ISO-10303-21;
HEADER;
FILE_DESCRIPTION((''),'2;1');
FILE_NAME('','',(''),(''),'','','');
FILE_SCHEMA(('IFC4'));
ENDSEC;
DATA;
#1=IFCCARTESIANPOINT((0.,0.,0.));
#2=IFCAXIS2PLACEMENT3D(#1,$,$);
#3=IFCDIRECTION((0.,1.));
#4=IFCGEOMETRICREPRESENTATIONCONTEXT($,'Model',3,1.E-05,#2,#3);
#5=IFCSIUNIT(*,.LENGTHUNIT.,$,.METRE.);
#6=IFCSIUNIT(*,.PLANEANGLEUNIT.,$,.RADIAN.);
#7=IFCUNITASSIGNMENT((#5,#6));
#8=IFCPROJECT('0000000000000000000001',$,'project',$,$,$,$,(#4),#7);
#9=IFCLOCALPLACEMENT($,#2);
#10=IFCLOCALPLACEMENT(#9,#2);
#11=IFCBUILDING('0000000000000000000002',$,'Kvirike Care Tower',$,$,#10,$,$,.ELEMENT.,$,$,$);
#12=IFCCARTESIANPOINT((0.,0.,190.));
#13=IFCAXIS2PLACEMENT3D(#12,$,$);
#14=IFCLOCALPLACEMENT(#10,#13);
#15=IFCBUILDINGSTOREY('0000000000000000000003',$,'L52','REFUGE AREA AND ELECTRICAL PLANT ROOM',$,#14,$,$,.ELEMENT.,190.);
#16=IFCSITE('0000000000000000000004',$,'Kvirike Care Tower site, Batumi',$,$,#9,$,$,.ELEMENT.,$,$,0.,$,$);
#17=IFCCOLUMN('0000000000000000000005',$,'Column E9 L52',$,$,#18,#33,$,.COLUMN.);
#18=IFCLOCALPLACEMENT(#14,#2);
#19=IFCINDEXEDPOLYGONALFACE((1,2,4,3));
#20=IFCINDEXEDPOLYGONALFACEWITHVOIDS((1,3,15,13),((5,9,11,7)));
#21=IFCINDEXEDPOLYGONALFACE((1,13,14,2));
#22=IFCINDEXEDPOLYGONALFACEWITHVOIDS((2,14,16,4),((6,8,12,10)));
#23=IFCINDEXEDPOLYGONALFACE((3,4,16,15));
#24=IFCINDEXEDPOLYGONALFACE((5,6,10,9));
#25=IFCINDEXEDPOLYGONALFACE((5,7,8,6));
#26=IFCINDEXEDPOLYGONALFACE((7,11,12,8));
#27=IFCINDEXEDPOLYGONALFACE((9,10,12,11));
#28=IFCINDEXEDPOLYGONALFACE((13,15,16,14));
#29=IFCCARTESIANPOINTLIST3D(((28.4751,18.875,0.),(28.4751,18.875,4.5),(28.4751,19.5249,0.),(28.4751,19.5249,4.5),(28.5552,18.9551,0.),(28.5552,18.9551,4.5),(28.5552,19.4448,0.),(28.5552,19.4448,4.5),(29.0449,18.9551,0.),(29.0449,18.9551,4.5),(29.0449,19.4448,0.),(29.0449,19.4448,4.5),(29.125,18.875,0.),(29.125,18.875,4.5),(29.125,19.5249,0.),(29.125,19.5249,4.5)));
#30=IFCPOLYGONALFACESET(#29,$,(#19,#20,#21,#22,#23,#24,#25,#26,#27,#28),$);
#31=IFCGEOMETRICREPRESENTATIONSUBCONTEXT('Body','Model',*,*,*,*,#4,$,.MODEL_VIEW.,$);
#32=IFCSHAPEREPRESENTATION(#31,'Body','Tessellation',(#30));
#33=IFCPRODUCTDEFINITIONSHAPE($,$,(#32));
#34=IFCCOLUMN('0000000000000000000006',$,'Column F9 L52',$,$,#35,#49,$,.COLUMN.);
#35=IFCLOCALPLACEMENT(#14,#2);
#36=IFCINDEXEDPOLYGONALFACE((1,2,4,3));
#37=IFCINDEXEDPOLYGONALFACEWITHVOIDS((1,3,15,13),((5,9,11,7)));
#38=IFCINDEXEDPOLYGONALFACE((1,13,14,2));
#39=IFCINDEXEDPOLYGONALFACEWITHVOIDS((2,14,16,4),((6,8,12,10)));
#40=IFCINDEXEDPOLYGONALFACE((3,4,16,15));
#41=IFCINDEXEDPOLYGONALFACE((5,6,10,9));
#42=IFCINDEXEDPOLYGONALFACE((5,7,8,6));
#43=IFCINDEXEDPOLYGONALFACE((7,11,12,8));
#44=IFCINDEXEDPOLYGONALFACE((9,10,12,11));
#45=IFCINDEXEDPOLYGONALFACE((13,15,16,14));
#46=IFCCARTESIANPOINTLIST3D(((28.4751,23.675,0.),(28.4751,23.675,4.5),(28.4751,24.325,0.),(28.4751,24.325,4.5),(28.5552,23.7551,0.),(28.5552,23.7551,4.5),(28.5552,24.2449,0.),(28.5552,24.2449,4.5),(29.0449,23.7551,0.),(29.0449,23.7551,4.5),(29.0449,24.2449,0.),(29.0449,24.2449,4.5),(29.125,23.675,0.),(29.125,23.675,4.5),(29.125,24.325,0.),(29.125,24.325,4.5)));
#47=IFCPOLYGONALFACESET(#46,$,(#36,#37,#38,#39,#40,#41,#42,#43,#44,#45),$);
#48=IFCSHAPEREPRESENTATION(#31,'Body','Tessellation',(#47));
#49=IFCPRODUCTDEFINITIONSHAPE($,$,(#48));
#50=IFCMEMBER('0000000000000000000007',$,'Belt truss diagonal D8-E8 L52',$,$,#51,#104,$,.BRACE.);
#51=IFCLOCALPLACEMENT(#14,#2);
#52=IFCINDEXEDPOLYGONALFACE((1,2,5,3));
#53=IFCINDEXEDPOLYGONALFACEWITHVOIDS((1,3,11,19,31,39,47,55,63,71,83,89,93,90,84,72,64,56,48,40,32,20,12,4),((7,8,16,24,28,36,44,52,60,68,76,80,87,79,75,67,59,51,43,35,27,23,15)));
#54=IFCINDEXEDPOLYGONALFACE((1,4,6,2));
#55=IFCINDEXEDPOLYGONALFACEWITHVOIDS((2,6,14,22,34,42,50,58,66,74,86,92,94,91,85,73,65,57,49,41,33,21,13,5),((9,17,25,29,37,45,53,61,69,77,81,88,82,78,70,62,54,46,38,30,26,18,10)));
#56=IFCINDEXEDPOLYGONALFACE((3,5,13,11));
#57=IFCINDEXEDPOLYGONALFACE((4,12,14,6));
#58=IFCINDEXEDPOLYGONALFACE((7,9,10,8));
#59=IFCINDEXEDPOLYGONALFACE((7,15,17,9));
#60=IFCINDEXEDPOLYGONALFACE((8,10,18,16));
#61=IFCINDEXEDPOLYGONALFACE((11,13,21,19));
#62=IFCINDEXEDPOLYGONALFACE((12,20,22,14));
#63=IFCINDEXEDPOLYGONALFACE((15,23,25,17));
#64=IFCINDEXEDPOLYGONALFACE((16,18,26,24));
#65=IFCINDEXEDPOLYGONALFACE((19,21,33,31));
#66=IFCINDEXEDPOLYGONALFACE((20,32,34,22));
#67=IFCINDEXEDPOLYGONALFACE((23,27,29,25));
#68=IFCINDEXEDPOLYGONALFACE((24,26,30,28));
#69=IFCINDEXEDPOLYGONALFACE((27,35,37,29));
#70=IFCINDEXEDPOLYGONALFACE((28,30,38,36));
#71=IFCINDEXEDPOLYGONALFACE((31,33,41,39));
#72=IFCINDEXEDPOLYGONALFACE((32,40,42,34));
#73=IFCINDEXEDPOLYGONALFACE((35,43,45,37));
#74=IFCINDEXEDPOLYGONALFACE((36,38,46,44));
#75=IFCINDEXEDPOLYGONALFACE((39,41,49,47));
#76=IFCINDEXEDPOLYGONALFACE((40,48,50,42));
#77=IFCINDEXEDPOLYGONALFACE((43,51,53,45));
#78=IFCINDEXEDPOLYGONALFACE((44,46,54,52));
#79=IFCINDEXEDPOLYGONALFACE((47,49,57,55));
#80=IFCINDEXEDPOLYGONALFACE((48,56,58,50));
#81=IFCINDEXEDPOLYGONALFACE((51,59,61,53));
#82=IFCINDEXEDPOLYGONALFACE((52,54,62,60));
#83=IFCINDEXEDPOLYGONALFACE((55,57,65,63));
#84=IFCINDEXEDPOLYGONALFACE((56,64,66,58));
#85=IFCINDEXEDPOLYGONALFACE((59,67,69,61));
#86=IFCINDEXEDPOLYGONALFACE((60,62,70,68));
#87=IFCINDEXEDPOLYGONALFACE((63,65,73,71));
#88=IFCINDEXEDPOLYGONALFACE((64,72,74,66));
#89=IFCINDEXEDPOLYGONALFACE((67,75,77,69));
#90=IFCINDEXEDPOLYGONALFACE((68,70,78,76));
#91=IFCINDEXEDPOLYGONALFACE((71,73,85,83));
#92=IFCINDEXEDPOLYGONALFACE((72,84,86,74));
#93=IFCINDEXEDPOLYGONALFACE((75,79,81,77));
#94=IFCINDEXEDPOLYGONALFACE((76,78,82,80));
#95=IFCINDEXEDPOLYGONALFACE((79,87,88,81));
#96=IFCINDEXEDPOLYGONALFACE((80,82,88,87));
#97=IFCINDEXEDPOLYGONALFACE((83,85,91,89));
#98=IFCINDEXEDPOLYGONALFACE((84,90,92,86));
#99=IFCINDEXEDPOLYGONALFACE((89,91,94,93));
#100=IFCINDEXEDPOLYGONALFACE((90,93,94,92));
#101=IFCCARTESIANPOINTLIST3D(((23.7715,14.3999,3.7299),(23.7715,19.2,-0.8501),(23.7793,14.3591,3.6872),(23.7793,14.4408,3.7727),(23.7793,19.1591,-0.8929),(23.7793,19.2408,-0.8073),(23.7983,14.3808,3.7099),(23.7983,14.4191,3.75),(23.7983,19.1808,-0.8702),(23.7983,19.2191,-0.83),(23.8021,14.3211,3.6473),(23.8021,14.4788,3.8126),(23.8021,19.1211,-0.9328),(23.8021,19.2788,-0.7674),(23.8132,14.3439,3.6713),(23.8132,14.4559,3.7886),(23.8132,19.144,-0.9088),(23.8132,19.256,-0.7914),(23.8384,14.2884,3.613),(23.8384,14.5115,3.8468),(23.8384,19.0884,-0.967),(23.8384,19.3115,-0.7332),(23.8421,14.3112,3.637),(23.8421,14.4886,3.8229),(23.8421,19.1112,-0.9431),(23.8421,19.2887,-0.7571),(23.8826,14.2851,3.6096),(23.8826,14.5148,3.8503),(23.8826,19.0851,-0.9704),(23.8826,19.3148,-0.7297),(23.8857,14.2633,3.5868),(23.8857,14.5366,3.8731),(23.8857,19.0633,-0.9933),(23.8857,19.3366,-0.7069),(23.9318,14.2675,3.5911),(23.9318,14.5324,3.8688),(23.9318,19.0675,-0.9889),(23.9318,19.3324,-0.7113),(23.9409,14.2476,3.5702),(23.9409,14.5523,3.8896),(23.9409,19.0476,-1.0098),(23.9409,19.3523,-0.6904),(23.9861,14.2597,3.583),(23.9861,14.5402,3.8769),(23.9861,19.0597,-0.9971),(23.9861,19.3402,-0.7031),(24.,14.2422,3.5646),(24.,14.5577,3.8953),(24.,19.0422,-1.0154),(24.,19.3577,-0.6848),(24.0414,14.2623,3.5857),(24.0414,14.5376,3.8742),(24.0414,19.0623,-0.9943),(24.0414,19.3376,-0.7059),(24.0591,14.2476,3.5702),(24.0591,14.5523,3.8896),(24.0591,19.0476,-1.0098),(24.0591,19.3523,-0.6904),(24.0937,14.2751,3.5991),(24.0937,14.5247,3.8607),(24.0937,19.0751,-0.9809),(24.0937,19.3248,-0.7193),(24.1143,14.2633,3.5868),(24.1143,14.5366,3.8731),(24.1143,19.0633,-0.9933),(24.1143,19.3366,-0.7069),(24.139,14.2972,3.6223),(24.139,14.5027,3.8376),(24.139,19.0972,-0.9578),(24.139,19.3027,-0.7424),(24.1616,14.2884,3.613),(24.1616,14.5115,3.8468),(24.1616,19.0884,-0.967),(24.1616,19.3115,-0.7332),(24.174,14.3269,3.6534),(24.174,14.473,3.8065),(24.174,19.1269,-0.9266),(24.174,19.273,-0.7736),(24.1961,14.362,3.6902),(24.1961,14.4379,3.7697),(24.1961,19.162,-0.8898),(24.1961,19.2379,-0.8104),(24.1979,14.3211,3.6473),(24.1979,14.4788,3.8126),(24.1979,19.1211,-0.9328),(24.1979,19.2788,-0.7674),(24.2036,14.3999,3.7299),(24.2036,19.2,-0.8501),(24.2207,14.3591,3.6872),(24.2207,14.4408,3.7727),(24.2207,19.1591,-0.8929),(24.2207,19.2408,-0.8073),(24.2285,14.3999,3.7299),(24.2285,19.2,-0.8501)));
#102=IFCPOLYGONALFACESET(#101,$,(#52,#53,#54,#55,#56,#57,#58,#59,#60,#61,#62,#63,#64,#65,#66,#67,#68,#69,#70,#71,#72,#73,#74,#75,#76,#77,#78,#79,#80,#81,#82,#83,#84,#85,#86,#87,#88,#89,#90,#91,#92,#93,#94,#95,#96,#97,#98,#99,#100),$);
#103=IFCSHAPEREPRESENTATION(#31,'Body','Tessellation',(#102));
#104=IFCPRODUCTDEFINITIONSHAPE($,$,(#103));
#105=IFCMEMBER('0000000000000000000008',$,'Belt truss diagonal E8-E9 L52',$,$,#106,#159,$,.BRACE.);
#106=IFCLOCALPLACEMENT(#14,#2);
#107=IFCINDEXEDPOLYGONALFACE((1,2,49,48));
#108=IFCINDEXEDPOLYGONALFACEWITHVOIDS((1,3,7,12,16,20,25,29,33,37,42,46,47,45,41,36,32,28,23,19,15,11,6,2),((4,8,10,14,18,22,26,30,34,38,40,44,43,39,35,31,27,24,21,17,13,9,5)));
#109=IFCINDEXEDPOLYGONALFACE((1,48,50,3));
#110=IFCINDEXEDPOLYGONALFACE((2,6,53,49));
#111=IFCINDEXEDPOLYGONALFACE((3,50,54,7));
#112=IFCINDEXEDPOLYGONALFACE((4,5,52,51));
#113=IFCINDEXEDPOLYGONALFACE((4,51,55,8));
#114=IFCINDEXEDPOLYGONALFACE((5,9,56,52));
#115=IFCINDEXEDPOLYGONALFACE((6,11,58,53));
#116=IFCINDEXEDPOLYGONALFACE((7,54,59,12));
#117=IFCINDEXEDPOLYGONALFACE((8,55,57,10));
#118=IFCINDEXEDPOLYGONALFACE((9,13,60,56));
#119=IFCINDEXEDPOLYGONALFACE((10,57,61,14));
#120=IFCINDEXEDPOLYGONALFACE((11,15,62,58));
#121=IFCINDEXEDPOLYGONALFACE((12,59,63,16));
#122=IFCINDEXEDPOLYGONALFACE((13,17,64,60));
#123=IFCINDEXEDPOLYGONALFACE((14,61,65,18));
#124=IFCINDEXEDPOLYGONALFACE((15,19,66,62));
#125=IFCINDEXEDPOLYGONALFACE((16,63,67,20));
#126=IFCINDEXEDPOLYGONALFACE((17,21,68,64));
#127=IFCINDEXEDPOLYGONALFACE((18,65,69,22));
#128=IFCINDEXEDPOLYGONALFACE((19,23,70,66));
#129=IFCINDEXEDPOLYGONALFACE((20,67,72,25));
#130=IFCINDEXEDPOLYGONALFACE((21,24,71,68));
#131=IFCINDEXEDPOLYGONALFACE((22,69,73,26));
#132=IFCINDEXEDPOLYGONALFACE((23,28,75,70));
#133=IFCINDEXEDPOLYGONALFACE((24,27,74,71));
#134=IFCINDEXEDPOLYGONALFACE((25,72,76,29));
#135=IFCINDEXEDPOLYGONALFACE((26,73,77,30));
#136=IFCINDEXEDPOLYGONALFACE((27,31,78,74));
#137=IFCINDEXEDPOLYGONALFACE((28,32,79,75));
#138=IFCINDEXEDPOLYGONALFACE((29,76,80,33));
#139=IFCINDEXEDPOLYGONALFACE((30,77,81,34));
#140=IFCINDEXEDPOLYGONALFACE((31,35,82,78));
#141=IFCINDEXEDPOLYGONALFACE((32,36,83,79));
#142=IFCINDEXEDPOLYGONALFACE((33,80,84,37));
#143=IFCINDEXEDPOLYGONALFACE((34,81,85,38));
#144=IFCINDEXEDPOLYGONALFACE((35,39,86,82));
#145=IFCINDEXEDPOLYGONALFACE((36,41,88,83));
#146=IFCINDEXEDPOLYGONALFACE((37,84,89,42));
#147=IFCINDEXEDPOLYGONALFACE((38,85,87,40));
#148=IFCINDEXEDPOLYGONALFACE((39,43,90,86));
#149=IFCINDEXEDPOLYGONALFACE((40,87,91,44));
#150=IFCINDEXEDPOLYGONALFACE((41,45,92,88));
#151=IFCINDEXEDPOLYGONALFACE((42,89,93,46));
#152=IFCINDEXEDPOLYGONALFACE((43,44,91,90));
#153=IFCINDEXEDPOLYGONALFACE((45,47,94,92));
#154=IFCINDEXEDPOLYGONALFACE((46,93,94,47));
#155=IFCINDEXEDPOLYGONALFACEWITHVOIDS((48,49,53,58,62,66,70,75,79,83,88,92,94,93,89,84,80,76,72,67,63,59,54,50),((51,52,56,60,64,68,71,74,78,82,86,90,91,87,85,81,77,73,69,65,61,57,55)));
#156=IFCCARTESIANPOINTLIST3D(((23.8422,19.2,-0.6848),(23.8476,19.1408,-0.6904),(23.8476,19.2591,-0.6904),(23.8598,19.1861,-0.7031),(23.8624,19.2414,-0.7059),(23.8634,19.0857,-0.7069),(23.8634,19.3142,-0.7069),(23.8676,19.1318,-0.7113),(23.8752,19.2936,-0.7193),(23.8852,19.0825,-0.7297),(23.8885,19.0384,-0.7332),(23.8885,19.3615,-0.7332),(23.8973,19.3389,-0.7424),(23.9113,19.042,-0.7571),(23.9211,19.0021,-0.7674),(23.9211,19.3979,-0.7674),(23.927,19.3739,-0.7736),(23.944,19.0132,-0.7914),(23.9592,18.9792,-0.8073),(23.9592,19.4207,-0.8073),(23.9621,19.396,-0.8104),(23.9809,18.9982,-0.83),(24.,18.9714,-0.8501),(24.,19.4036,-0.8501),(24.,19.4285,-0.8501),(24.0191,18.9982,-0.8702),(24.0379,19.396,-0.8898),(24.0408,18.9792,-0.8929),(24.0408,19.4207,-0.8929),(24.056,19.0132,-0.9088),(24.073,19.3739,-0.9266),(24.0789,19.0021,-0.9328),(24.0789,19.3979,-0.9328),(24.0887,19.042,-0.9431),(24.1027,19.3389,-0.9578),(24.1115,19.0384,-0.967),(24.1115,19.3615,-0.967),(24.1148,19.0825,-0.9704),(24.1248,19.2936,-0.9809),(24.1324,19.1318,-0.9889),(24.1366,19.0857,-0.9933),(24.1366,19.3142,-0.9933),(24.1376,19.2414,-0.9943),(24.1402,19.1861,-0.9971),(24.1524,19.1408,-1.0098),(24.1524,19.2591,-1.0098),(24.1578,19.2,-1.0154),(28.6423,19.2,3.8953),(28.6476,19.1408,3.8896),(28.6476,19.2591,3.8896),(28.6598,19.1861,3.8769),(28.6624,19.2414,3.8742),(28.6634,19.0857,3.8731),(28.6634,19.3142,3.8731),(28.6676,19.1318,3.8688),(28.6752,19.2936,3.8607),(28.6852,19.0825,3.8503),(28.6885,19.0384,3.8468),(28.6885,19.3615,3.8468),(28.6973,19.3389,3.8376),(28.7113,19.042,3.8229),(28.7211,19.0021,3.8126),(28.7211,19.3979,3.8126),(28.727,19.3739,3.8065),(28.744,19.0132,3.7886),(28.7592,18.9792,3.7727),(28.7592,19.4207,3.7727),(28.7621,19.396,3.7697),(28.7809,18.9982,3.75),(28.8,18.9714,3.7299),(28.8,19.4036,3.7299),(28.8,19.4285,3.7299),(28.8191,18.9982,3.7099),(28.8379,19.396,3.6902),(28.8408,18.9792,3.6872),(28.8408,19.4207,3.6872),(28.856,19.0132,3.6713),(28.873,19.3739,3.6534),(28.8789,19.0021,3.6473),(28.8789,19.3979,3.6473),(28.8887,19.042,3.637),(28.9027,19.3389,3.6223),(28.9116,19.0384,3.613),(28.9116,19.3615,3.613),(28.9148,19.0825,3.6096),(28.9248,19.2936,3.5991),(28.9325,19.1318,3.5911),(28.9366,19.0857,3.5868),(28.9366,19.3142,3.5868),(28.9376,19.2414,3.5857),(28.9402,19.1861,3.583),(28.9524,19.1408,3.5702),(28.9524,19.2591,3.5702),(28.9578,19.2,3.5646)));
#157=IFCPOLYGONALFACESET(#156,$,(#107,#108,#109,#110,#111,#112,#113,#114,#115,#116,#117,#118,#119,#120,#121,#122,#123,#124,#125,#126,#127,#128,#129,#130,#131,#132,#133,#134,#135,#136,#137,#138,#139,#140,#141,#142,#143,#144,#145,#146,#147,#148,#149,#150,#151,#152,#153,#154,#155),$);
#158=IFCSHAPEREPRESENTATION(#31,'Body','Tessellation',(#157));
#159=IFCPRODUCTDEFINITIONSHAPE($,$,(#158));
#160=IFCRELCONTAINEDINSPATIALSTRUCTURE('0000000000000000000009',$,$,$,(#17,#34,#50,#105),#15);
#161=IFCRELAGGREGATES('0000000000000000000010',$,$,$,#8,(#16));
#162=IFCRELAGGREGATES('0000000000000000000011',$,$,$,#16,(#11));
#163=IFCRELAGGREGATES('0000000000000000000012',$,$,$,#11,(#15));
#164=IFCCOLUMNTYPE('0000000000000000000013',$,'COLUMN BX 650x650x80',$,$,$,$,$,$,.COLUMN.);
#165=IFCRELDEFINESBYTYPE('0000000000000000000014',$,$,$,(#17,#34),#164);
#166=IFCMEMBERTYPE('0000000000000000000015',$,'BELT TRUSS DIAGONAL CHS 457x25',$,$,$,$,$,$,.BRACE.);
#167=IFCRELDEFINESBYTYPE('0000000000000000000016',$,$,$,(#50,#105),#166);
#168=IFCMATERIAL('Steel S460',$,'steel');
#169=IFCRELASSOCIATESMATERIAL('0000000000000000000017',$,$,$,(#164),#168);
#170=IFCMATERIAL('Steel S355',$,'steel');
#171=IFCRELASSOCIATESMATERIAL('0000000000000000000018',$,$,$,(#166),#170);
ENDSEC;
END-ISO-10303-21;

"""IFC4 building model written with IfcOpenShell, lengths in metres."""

from ifc_helpers import new_model, si_unit, direction, frame, origin, origin_2d, place, context, subcontext, project, spatial, hollow_rectangle, hollow_circle, extrude, material, material_profile, profile_set, type_object, element, save


model = new_model("IFC4")

# Units and contexts
model_context = context("Model", 3, precision=1e-05, world=origin(), true_north=direction((0.0, 1.0)))
body_context = subcontext(model_context, "Body", "Model", "MODEL_VIEW")
ifc_project = project(units=[si_unit("LENGTHUNIT", "METRE"), si_unit("PLANEANGLEUNIT", "RADIAN")], contexts=[model_context])

# Site, building, storey
site_placement = place(None, origin())
site = spatial("IfcSite", under=ifc_project, at=site_placement, Name="Kvirike Care Tower site, Batumi", CompositionType="ELEMENT", RefElevation=0.0)
building_placement = place(site_placement, origin())
building = spatial("IfcBuilding", under=site, at=building_placement, Name="Kvirike Care Tower", CompositionType="ELEMENT")
storey_placement = place(building_placement, frame((0.0, 0.0, 190.0)))
storey = spatial("IfcBuildingStorey", under=building, at=storey_placement, Name="L52", Description="REFUGE AREA AND ELECTRICAL PLANT ROOM", CompositionType="ELEMENT", Elevation=190.0)

# Columns
ifc_material_1 = material(Name="Steel S460", Category="steel")
ifc_material_profile_1 = material_profile(ifc_material_1, hollow_rectangle(XDim=0.6499, YDim=0.6499, WallThickness=0.0801, at=origin_2d()), Name="BX 650x650x80")
ifc_profile_set_1 = profile_set([ifc_material_profile_1], Name="Steel S460")
column_type = type_object("IfcColumnType", Name="COLUMN BX 650x650x80", PredefinedType="COLUMN", material=ifc_profile_set_1)
for number, where, z_axis, x_axis, name in (
    (1, (28.8, 19.2, 0.0), (0.0, 0.0, 1.0), (0.0, 1.0, 0.0), "Column E9 L52"),
    (2, (28.8, 24.0, 0.0), (0.0, 0.0, 1.0), (1.0, 0.0, 0.0), "Column F9 L52"),
):
    element("IfcColumn", number, at=place(storey_placement, frame(where, z_axis=z_axis, x_axis=x_axis)), inside=storey, type_object=column_type, Name=name, PredefinedType="COLUMN", context=body_context, shape_type="SweptSolid", body=[
        extrude(hollow_rectangle(XDim=0.6499, YDim=0.6499, WallThickness=0.0801, at=origin_2d()), origin(), (0.0, 0.0, 1.0), 4.5),
    ])

# Members
ifc_material_2 = material(Name="Steel S355", Category="steel")
ifc_material_profile_2 = material_profile(ifc_material_2, hollow_circle(Radius=0.2285, WallThickness=0.0249, at=origin_2d()), Name="CHS 457x25")
ifc_profile_set_2 = profile_set([ifc_material_profile_2], Name="Steel S355")
member_type_1 = type_object("IfcMemberType", Name="BELT TRUSS DIAGONAL CHS 457x25", PredefinedType="BRACE", material=ifc_profile_set_2)
for number, where, z_axis, x_axis, name in (
    (3, (24.0, 19.2, -0.8501), (0.0, -0.72349, 0.690335), (1.0, 0.0, 0.0), "Belt truss diagonal D8-E8 L52"),
    (4, (24.0, 19.2, -0.8501), (0.72349, 0.0, 0.690335), (0.0, 1.0, 0.0), "Belt truss diagonal E8-E9 L52"),
):
    element("IfcMember", number, at=place(storey_placement, frame(where, z_axis=z_axis, x_axis=x_axis)), inside=storey, type_object=member_type_1, Name=name, PredefinedType="BRACE", context=body_context, shape_type="SweptSolid", body=[
        extrude(hollow_circle(Radius=0.2285, WallThickness=0.0249, at=origin_2d()), origin(), (0.0, 0.0, 1.0), 6.6345),
    ])

save(model, "model.ifc")
